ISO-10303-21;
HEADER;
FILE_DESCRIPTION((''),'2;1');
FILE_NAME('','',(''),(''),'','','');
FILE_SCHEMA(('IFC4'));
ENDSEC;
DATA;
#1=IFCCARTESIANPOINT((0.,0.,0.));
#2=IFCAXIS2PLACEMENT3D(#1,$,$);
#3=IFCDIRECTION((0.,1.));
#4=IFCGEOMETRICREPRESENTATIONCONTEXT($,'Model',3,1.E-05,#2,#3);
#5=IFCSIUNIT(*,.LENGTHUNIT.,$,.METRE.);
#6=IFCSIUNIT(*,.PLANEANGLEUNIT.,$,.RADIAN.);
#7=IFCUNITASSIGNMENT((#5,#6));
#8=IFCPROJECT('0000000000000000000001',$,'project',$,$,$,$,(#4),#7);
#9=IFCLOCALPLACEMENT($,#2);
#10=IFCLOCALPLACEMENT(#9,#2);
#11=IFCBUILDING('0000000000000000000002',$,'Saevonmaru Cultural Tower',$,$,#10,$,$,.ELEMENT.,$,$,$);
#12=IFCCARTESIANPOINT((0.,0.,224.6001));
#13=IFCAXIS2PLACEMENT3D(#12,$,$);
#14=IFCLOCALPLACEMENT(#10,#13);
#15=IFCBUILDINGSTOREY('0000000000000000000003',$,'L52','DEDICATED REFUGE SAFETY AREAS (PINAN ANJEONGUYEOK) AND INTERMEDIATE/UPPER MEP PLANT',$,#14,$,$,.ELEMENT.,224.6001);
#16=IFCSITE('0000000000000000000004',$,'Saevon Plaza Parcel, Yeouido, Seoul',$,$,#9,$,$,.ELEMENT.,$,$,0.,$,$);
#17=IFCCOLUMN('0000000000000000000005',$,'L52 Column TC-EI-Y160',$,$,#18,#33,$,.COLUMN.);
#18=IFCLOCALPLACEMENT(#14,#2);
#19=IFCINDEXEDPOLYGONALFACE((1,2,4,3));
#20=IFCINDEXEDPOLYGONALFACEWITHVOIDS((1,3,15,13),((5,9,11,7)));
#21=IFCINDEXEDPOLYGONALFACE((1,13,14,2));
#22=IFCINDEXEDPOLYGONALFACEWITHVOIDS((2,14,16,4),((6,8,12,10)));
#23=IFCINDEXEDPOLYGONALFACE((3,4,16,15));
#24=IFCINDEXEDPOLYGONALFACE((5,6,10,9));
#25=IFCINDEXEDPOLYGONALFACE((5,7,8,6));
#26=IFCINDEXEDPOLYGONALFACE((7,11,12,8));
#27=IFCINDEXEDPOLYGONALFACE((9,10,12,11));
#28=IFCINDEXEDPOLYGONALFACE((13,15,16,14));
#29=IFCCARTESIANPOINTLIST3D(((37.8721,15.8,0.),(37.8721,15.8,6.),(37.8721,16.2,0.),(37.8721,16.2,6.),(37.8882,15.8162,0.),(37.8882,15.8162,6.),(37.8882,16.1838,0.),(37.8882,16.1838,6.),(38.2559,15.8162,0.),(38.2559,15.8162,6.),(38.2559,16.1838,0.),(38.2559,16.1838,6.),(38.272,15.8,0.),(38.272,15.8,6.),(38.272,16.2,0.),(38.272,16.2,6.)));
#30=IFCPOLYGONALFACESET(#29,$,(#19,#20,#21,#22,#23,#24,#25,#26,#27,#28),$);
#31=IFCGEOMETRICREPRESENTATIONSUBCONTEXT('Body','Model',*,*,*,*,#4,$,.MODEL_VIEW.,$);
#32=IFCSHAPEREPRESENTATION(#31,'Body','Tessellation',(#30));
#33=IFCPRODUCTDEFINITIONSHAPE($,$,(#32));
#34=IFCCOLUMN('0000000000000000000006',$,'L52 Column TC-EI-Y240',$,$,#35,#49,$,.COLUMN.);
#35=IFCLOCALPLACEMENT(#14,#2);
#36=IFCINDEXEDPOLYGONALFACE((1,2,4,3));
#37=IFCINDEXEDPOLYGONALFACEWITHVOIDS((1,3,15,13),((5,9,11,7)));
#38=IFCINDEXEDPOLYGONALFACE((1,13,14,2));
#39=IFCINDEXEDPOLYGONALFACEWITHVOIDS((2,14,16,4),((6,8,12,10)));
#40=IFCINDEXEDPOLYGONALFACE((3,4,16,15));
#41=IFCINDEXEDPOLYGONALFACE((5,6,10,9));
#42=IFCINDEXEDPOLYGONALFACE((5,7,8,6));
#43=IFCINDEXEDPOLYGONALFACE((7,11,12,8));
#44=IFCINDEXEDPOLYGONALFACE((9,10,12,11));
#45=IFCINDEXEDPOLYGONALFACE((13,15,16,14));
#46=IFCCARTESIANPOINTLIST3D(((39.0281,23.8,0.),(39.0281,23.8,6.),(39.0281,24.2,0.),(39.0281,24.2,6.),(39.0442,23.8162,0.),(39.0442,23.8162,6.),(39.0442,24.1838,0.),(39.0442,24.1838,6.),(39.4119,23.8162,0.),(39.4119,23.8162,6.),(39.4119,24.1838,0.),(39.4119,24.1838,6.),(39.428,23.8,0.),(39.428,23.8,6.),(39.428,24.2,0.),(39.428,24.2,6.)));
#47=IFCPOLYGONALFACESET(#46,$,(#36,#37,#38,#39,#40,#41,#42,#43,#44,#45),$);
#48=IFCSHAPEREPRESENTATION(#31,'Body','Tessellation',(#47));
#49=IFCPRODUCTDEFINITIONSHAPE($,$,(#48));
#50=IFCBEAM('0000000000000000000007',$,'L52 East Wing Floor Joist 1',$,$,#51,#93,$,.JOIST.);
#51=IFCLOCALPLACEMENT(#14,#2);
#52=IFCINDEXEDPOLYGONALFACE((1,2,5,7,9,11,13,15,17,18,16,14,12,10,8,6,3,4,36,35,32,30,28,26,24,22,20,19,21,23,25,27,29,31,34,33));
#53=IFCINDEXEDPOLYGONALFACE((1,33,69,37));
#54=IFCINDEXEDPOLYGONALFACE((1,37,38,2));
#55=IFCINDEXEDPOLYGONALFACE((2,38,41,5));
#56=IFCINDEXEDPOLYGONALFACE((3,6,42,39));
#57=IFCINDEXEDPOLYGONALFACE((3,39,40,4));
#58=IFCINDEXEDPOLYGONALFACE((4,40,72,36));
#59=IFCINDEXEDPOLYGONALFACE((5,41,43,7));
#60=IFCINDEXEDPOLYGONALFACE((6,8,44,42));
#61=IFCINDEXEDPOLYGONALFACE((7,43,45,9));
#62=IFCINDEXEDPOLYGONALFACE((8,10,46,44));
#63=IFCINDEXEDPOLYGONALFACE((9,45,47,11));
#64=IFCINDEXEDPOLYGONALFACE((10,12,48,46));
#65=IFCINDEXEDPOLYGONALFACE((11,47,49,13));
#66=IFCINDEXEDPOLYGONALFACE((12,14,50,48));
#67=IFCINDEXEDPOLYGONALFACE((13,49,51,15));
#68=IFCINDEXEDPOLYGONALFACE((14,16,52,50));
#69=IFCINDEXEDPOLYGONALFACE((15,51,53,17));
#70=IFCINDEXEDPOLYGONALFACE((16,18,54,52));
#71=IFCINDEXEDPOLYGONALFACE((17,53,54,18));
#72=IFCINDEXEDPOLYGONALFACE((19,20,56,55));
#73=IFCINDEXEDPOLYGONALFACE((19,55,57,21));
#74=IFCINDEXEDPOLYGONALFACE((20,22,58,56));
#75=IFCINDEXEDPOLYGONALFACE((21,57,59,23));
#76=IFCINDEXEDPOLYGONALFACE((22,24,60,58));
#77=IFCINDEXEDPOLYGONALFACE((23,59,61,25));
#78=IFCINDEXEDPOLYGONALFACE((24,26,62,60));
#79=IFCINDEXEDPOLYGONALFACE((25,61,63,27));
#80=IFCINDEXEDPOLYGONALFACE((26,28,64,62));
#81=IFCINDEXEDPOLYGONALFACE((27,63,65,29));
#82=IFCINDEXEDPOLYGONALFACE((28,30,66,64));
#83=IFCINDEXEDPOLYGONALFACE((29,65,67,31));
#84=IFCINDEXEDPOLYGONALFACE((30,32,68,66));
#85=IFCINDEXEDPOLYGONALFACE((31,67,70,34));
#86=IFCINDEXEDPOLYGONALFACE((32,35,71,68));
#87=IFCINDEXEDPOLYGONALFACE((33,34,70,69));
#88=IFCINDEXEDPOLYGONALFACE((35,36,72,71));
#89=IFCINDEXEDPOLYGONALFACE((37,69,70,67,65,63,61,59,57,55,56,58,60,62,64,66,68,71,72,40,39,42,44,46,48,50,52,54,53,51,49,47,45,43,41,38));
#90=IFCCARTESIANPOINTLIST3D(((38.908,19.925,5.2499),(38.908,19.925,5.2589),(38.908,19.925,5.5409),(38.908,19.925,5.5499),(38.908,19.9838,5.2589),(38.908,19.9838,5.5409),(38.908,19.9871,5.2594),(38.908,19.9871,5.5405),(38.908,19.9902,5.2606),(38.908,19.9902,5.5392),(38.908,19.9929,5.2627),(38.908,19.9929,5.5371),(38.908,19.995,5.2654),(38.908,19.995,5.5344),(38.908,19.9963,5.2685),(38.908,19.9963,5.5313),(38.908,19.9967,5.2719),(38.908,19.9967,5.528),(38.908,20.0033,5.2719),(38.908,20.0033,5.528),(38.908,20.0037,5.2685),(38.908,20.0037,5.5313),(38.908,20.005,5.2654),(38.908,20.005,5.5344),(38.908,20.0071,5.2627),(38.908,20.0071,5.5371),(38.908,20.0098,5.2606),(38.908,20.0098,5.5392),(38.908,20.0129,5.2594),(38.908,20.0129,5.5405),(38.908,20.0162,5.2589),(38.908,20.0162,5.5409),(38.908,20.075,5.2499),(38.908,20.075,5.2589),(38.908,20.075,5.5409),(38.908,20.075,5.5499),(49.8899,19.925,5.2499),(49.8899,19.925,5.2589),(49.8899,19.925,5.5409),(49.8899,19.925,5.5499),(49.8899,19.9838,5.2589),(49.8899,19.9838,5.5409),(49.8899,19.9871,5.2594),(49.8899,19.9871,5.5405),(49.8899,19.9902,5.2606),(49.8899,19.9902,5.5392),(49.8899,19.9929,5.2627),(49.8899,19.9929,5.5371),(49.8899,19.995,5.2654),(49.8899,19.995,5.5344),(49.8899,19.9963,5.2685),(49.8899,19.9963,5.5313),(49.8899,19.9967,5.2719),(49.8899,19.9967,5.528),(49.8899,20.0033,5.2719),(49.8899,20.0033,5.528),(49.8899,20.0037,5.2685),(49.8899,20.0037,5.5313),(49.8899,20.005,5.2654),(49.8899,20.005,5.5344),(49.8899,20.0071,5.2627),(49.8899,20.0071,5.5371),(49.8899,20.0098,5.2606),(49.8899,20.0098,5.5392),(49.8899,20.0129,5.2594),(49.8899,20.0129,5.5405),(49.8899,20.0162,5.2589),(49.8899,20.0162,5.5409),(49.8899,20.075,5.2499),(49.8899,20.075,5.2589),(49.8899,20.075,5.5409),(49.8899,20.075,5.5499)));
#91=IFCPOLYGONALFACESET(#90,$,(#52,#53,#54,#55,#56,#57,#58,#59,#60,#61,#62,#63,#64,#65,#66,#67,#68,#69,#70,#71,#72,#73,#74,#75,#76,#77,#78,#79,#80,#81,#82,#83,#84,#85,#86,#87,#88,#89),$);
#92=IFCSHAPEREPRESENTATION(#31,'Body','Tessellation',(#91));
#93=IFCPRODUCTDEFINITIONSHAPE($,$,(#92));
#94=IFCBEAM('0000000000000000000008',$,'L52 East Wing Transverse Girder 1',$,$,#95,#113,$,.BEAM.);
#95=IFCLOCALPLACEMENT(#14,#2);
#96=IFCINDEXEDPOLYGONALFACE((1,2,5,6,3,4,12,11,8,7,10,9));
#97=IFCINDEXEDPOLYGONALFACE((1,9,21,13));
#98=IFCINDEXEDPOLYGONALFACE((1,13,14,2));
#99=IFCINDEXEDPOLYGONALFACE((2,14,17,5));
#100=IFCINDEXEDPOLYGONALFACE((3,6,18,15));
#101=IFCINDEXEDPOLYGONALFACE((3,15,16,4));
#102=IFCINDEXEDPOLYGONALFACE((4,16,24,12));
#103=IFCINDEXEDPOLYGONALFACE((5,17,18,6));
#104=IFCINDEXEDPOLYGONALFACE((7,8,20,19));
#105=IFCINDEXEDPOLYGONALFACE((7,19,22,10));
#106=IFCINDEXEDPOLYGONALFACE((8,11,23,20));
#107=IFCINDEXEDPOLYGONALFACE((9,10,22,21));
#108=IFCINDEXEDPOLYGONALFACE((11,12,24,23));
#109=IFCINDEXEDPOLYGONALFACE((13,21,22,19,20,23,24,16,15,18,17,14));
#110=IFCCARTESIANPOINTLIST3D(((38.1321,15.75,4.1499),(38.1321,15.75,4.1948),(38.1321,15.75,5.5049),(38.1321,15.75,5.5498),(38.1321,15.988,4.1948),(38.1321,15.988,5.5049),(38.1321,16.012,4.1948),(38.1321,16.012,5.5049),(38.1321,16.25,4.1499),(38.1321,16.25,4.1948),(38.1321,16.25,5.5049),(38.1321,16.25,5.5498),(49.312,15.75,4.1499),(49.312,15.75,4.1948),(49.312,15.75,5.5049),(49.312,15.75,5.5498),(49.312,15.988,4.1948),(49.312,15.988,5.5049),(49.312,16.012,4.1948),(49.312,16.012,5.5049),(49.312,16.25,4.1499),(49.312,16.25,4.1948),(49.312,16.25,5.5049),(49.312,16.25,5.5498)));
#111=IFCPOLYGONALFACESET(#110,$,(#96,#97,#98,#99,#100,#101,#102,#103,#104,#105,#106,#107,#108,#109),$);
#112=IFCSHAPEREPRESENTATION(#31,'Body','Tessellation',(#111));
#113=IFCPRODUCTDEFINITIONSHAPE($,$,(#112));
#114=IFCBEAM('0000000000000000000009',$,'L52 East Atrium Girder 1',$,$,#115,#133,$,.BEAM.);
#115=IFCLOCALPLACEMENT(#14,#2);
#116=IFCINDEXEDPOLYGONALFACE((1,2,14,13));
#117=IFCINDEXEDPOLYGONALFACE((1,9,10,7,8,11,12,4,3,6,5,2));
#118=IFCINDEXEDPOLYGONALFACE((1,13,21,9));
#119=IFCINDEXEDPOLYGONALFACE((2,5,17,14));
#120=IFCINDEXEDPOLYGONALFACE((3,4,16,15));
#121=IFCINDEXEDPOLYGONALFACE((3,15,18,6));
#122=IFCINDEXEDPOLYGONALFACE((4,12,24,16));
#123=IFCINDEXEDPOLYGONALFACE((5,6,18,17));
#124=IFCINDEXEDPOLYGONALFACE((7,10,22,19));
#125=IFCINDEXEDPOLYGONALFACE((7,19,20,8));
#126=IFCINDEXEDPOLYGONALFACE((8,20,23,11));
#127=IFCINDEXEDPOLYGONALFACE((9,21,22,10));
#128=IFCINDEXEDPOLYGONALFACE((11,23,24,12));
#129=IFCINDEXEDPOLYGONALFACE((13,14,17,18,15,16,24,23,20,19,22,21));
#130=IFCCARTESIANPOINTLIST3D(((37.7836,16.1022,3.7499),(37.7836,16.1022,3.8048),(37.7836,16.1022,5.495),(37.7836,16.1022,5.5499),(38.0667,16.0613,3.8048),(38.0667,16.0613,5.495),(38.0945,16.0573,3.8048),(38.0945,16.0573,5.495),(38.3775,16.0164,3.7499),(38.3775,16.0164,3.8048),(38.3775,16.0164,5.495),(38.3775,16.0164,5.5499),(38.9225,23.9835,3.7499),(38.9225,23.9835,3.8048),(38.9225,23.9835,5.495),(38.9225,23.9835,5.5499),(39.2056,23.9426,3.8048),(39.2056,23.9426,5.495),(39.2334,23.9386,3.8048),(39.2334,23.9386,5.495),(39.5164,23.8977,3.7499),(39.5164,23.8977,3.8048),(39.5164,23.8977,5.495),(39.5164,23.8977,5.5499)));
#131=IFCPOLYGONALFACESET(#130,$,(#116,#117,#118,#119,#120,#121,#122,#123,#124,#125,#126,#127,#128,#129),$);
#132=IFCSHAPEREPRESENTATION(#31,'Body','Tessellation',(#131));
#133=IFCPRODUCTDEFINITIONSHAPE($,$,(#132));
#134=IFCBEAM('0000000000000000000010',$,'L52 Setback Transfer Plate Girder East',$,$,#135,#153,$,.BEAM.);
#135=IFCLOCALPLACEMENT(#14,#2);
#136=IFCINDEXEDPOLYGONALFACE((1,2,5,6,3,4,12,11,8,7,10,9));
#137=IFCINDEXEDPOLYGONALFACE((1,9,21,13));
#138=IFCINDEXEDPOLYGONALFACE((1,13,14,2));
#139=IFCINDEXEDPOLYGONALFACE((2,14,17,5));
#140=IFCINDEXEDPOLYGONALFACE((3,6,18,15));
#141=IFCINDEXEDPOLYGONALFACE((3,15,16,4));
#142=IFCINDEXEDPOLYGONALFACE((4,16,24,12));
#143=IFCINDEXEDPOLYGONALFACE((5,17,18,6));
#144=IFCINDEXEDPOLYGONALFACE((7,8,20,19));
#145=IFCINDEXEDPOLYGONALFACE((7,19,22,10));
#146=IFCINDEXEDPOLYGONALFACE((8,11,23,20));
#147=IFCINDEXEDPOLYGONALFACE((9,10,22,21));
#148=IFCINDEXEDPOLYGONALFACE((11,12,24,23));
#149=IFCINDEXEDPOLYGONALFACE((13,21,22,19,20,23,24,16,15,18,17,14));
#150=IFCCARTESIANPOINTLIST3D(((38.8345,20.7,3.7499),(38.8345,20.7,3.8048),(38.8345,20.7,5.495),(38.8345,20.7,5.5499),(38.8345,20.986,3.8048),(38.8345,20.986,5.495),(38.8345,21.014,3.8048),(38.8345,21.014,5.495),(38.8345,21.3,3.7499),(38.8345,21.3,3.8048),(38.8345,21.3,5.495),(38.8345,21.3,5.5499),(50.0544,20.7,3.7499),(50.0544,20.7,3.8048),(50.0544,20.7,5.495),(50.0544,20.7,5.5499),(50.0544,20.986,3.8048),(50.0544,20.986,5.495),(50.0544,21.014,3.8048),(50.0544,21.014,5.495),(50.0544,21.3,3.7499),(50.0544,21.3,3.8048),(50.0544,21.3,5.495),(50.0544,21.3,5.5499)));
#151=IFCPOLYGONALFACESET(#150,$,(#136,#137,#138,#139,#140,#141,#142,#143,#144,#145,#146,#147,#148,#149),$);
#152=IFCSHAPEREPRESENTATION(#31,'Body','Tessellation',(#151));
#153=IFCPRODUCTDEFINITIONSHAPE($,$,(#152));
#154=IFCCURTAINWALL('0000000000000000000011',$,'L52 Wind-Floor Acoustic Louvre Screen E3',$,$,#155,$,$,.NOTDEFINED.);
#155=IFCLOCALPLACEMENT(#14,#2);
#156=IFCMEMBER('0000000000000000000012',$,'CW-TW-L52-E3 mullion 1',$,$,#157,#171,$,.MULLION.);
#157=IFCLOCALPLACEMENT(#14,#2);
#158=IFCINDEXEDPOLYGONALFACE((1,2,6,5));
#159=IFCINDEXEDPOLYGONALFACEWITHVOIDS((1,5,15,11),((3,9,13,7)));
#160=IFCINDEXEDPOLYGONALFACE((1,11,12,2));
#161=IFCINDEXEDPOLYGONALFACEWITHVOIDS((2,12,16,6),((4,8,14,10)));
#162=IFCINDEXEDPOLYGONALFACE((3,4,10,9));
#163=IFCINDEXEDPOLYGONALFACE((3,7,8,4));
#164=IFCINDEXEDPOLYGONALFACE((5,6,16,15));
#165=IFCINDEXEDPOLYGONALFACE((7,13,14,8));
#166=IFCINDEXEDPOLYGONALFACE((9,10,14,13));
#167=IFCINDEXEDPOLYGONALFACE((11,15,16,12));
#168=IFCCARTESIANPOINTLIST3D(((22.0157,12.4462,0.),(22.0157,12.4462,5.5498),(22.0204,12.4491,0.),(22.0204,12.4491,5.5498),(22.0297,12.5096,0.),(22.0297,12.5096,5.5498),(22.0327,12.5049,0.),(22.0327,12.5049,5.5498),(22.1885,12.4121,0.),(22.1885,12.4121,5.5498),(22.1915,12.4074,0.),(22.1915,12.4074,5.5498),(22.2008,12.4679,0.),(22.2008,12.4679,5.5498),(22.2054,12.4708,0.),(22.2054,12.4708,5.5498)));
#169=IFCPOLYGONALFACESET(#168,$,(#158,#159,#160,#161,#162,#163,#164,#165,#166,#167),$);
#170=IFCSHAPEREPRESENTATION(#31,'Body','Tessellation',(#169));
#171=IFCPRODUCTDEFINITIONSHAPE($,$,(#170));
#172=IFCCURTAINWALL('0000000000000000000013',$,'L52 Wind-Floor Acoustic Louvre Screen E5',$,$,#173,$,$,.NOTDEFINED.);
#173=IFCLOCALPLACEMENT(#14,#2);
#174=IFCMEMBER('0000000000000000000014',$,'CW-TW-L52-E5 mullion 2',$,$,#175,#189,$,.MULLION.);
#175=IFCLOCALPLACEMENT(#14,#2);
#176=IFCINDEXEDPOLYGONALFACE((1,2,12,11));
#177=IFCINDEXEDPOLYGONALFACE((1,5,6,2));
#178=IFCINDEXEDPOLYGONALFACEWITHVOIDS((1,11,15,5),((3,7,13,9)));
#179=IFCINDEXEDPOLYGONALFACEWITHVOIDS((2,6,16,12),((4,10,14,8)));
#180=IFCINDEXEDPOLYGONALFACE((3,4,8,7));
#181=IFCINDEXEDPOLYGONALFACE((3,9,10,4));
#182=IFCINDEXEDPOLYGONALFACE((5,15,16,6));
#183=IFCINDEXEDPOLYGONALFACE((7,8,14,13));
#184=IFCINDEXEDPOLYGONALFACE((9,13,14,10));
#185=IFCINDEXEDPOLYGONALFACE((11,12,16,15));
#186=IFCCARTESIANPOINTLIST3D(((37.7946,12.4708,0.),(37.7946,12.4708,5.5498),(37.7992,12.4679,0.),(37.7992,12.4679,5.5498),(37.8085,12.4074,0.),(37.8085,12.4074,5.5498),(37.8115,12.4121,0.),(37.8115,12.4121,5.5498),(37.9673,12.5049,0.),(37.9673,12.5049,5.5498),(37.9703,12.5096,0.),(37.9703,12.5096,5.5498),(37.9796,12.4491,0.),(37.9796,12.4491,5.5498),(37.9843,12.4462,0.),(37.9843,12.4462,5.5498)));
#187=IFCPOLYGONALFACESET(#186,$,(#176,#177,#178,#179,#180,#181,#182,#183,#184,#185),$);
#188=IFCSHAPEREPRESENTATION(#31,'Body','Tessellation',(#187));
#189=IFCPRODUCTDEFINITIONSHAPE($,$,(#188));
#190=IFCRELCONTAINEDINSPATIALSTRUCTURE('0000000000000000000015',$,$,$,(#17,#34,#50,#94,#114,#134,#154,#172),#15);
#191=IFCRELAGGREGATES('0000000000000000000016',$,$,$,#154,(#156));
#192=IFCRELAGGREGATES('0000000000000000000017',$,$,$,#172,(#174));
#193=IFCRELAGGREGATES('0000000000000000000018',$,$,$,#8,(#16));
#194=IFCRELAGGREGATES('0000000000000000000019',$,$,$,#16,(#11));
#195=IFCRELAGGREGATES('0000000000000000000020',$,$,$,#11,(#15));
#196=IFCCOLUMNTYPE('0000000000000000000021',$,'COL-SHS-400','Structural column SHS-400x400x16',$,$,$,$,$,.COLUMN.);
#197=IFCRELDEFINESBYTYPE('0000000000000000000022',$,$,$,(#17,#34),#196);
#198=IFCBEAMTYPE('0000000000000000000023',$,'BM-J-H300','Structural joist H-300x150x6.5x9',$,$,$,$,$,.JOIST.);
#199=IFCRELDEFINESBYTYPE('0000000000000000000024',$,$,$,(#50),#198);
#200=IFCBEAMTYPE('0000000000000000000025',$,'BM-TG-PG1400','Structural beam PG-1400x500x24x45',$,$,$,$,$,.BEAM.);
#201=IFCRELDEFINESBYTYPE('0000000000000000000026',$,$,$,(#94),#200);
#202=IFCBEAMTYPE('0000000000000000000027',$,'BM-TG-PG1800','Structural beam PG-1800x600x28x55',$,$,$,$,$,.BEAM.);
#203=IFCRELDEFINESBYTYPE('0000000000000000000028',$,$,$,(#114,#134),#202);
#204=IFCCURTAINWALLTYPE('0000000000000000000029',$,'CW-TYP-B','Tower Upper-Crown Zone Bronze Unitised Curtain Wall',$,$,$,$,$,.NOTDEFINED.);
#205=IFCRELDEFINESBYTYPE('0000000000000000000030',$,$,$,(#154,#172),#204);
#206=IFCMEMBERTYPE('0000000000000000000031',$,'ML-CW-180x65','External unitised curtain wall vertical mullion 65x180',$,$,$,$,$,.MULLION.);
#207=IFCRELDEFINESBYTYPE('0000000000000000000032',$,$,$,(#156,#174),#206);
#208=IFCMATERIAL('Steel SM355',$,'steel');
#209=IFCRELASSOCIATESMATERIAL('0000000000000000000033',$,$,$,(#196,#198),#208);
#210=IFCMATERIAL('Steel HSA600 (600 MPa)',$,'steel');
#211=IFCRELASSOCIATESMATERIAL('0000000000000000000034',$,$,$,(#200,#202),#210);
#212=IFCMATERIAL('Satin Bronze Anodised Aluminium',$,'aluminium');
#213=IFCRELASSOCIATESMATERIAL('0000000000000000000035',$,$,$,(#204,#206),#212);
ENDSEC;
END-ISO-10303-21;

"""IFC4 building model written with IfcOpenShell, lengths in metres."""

from ifc_helpers import new_model, si_unit, direction, frame, origin, origin_2d, place, context, subcontext, project, spatial, hollow_rectangle, i_section, extrude, material, material_profile, profile_set, type_object, element, aggregate, save


model = new_model("IFC4")

# Units and contexts
model_context = context("Model", 3, precision=1e-05, world=origin(), true_north=direction((0.0, 1.0)))
body_context = subcontext(model_context, "Body", "Model", "MODEL_VIEW")
ifc_project = project(units=[si_unit("LENGTHUNIT", "METRE"), si_unit("PLANEANGLEUNIT", "RADIAN")], contexts=[model_context])

# Site, building, storey
site_placement = place(None, origin())
site = spatial("IfcSite", under=ifc_project, at=site_placement, Name="Saevon Plaza Parcel, Yeouido, Seoul", CompositionType="ELEMENT", RefElevation=0.0)
building_placement = place(site_placement, origin())
building = spatial("IfcBuilding", under=site, at=building_placement, Name="Saevonmaru Cultural Tower", CompositionType="ELEMENT")
storey_placement = place(building_placement, frame((0.0, 0.0, 224.6001)))
storey = spatial("IfcBuildingStorey", under=building, at=storey_placement, Name="L52", Description="DEDICATED REFUGE SAFETY AREAS (PINAN ANJEONGUYEOK) AND INTERMEDIATE/UPPER MEP PLANT", CompositionType="ELEMENT", Elevation=224.6001)

# Columns
ifc_material_1 = material(Name="Steel SM355", Category="steel")
ifc_material_profile_1 = material_profile(ifc_material_1, hollow_rectangle(XDim=0.3999, YDim=0.3999, WallThickness=0.0161, at=origin_2d()), Name="SHS-400x400x16")
ifc_profile_set_1 = profile_set([ifc_material_profile_1], Name="Steel SM355")
column_type = type_object("IfcColumnType", Name="COL-SHS-400", Description="Structural column SHS-400x400x16", PredefinedType="COLUMN", material=ifc_profile_set_1)
for number, where, z_axis, x_axis, name in (
    (1, (38.072, 16.0, 0.0), (0.0, 0.0, 1.0), (1.0, 0.0, 0.0), "L52 Column TC-EI-Y160"),
    (2, (39.228, 24.0, 0.0), (0.0, 0.0, 1.0), (1.0, 0.0, 0.0), "L52 Column TC-EI-Y240"),
):
    element("IfcColumn", number, at=place(storey_placement, frame(where, z_axis=z_axis, x_axis=x_axis)), inside=storey, type_object=column_type, Name=name, PredefinedType="COLUMN", context=body_context, shape_type="SweptSolid", body=[
        extrude(hollow_rectangle(XDim=0.3999, YDim=0.3999, WallThickness=0.0161, at=origin_2d()), origin(), (0.0, 0.0, 1.0), 6.0),
    ])

# Beams
ifc_material_profile_2 = material_profile(ifc_material_1, i_section(OverallWidth=0.1499, OverallDepth=0.3, WebThickness=0.0066, FlangeThickness=0.009, FilletRadius=0.0129, at=origin_2d()), Name="H-300x150x6.5x9")
ifc_profile_set_2 = profile_set([ifc_material_profile_2], Name="Steel SM355")
beam_type_1 = type_object("IfcBeamType", Name="BM-J-H300", Description="Structural joist H-300x150x6.5x9", PredefinedType="JOIST", material=ifc_profile_set_2)
beam_1_placement = place(storey_placement, frame((38.908, 20.0, 5.3999), z_axis=(1.0, 0.0, 0.0), x_axis=(0.0, 1.0, 0.0)))
element("IfcBeam", 3, at=beam_1_placement, inside=storey, type_object=beam_type_1, Name="L52 East Wing Floor Joist 1", PredefinedType="JOIST", context=body_context, shape_type="SweptSolid", body=[
    extrude(i_section(OverallWidth=0.1499, OverallDepth=0.3, WebThickness=0.0066, FlangeThickness=0.009, FilletRadius=0.0129, at=origin_2d()), origin(), (0.0, 0.0, 1.0), 10.9819),
])
ifc_material_2 = material(Name="Steel HSA600 (600 MPa)", Category="steel")
ifc_material_profile_3 = material_profile(ifc_material_2, i_section(OverallWidth=0.5, OverallDepth=1.3999, WebThickness=0.0239, FlangeThickness=0.0449, at=origin_2d()), Name="PG-1400x500x24x45")
ifc_profile_set_3 = profile_set([ifc_material_profile_3], Name="Steel HSA600 (600 MPa)")
beam_type_2 = type_object("IfcBeamType", Name="BM-TG-PG1400", Description="Structural beam PG-1400x500x24x45", PredefinedType="BEAM", material=ifc_profile_set_3)
beam_2_placement = place(storey_placement, frame((38.1321, 16.0, 4.8499), z_axis=(1.0, 0.0, 0.0), x_axis=(0.0, 1.0, 0.0)))
element("IfcBeam", 4, at=beam_2_placement, inside=storey, type_object=beam_type_2, Name="L52 East Wing Transverse Girder 1", PredefinedType="BEAM", context=body_context, shape_type="SweptSolid", body=[
    extrude(i_section(OverallWidth=0.5, OverallDepth=1.3999, WebThickness=0.0239, FlangeThickness=0.0449, at=origin_2d()), origin(), (0.0, 0.0, 1.0), 11.1799),
])
ifc_material_profile_4 = material_profile(ifc_material_2, i_section(OverallWidth=0.6001, OverallDepth=1.8, WebThickness=0.0281, FlangeThickness=0.0549, at=origin_2d()), Name="PG-1800x600x28x55")
ifc_profile_set_4 = profile_set([ifc_material_profile_4], Name="Steel HSA600 (600 MPa)")
beam_type_3 = type_object("IfcBeamType", Name="BM-TG-PG1800", Description="Structural beam PG-1800x600x28x55", PredefinedType="BEAM", material=ifc_profile_set_4)
beam_3_placement = place(storey_placement, frame((38.0806, 16.0593, 4.6499), z_axis=(0.143022, 0.989719, 0.0), x_axis=(-0.989719, 0.143022, 0.0)))
element("IfcBeam", 5, at=beam_3_placement, inside=storey, type_object=beam_type_3, Name="L52 East Atrium Girder 1", PredefinedType="BEAM", context=body_context, shape_type="SweptSolid", body=[
    extrude(i_section(OverallWidth=0.6001, OverallDepth=1.8, WebThickness=0.0281, FlangeThickness=0.0549, at=origin_2d()), origin(), (0.0, 0.0, 1.0), 7.9631),
])
beam_4_placement = place(storey_placement, frame((38.8345, 21.0, 4.6499), z_axis=(1.0, 0.0, 0.0), x_axis=(0.0, 1.0, 0.0)))
element("IfcBeam", 6, at=beam_4_placement, inside=storey, type_object=beam_type_3, Name="L52 Setback Transfer Plate Girder East", PredefinedType="BEAM", context=body_context, shape_type="SweptSolid", body=[
    extrude(i_section(OverallWidth=0.6001, OverallDepth=1.8, WebThickness=0.0281, FlangeThickness=0.0549, at=origin_2d()), origin(), (0.0, 0.0, 1.0), 11.22),
])

# Curtain walls, members
ifc_material_3 = material(Name="Satin Bronze Anodised Aluminium", Category="aluminium")
curtain_wall_type = type_object("IfcCurtainWallType", Name="CW-TYP-B", Description="Tower Upper-Crown Zone Bronze Unitised Curtain Wall", PredefinedType="NOTDEFINED", material=ifc_material_3)
curtain_wall_1_placement = place(storey_placement, origin())
curtain_wall_1 = element("IfcCurtainWall", 7, at=curtain_wall_1_placement, inside=storey, type_object=curtain_wall_type, Name="L52 Wind-Floor Acoustic Louvre Screen E3", PredefinedType="NOTDEFINED")
ifc_material_profile_5 = material_profile(ifc_material_3, hollow_rectangle(XDim=0.0649, YDim=0.1799, WallThickness=0.0039, at=origin_2d()), Name="ALU-MULL-180x65x4")
ifc_profile_set_5 = profile_set([ifc_material_profile_5], Name="Satin Bronze Anodised Aluminium")
member_type_1 = type_object("IfcMemberType", Name="ML-CW-180x65", Description="External unitised curtain wall vertical mullion 65x180", PredefinedType="MULLION", material=ifc_profile_set_5)
member_1_placement = place(storey_placement, frame((22.1106, 12.4585, 0.0), z_axis=(0.0, 0.0, 1.0), x_axis=(0.215413, 0.976523, 0.0)))
member_1 = element("IfcMember", 8, at=member_1_placement, type_object=member_type_1, Name="CW-TW-L52-E3 mullion 1", PredefinedType="MULLION", context=body_context, shape_type="SweptSolid", body=[
    extrude(hollow_rectangle(XDim=0.0649, YDim=0.1799, WallThickness=0.0039, at=origin_2d()), origin(), (0.0, 0.0, 1.0), 5.5498),
])
curtain_wall_2_placement = place(storey_placement, origin())
curtain_wall_2 = element("IfcCurtainWall", 9, at=curtain_wall_2_placement, inside=storey, type_object=curtain_wall_type, Name="L52 Wind-Floor Acoustic Louvre Screen E5", PredefinedType="NOTDEFINED")
member_2_placement = place(storey_placement, frame((37.8894, 12.4585, 0.0), z_axis=(0.0, 0.0, 1.0), x_axis=(0.215413, -0.976523, 0.0)))
member_2 = element("IfcMember", 10, at=member_2_placement, type_object=member_type_1, Name="CW-TW-L52-E5 mullion 2", PredefinedType="MULLION", context=body_context, shape_type="SweptSolid", body=[
    extrude(hollow_rectangle(XDim=0.0649, YDim=0.1799, WallThickness=0.0039, at=origin_2d()), origin(), (0.0, 0.0, 1.0), 5.5498),
])

aggregate(curtain_wall_1, [member_1])
aggregate(curtain_wall_2, [member_2])

save(model, "model.ifc")
